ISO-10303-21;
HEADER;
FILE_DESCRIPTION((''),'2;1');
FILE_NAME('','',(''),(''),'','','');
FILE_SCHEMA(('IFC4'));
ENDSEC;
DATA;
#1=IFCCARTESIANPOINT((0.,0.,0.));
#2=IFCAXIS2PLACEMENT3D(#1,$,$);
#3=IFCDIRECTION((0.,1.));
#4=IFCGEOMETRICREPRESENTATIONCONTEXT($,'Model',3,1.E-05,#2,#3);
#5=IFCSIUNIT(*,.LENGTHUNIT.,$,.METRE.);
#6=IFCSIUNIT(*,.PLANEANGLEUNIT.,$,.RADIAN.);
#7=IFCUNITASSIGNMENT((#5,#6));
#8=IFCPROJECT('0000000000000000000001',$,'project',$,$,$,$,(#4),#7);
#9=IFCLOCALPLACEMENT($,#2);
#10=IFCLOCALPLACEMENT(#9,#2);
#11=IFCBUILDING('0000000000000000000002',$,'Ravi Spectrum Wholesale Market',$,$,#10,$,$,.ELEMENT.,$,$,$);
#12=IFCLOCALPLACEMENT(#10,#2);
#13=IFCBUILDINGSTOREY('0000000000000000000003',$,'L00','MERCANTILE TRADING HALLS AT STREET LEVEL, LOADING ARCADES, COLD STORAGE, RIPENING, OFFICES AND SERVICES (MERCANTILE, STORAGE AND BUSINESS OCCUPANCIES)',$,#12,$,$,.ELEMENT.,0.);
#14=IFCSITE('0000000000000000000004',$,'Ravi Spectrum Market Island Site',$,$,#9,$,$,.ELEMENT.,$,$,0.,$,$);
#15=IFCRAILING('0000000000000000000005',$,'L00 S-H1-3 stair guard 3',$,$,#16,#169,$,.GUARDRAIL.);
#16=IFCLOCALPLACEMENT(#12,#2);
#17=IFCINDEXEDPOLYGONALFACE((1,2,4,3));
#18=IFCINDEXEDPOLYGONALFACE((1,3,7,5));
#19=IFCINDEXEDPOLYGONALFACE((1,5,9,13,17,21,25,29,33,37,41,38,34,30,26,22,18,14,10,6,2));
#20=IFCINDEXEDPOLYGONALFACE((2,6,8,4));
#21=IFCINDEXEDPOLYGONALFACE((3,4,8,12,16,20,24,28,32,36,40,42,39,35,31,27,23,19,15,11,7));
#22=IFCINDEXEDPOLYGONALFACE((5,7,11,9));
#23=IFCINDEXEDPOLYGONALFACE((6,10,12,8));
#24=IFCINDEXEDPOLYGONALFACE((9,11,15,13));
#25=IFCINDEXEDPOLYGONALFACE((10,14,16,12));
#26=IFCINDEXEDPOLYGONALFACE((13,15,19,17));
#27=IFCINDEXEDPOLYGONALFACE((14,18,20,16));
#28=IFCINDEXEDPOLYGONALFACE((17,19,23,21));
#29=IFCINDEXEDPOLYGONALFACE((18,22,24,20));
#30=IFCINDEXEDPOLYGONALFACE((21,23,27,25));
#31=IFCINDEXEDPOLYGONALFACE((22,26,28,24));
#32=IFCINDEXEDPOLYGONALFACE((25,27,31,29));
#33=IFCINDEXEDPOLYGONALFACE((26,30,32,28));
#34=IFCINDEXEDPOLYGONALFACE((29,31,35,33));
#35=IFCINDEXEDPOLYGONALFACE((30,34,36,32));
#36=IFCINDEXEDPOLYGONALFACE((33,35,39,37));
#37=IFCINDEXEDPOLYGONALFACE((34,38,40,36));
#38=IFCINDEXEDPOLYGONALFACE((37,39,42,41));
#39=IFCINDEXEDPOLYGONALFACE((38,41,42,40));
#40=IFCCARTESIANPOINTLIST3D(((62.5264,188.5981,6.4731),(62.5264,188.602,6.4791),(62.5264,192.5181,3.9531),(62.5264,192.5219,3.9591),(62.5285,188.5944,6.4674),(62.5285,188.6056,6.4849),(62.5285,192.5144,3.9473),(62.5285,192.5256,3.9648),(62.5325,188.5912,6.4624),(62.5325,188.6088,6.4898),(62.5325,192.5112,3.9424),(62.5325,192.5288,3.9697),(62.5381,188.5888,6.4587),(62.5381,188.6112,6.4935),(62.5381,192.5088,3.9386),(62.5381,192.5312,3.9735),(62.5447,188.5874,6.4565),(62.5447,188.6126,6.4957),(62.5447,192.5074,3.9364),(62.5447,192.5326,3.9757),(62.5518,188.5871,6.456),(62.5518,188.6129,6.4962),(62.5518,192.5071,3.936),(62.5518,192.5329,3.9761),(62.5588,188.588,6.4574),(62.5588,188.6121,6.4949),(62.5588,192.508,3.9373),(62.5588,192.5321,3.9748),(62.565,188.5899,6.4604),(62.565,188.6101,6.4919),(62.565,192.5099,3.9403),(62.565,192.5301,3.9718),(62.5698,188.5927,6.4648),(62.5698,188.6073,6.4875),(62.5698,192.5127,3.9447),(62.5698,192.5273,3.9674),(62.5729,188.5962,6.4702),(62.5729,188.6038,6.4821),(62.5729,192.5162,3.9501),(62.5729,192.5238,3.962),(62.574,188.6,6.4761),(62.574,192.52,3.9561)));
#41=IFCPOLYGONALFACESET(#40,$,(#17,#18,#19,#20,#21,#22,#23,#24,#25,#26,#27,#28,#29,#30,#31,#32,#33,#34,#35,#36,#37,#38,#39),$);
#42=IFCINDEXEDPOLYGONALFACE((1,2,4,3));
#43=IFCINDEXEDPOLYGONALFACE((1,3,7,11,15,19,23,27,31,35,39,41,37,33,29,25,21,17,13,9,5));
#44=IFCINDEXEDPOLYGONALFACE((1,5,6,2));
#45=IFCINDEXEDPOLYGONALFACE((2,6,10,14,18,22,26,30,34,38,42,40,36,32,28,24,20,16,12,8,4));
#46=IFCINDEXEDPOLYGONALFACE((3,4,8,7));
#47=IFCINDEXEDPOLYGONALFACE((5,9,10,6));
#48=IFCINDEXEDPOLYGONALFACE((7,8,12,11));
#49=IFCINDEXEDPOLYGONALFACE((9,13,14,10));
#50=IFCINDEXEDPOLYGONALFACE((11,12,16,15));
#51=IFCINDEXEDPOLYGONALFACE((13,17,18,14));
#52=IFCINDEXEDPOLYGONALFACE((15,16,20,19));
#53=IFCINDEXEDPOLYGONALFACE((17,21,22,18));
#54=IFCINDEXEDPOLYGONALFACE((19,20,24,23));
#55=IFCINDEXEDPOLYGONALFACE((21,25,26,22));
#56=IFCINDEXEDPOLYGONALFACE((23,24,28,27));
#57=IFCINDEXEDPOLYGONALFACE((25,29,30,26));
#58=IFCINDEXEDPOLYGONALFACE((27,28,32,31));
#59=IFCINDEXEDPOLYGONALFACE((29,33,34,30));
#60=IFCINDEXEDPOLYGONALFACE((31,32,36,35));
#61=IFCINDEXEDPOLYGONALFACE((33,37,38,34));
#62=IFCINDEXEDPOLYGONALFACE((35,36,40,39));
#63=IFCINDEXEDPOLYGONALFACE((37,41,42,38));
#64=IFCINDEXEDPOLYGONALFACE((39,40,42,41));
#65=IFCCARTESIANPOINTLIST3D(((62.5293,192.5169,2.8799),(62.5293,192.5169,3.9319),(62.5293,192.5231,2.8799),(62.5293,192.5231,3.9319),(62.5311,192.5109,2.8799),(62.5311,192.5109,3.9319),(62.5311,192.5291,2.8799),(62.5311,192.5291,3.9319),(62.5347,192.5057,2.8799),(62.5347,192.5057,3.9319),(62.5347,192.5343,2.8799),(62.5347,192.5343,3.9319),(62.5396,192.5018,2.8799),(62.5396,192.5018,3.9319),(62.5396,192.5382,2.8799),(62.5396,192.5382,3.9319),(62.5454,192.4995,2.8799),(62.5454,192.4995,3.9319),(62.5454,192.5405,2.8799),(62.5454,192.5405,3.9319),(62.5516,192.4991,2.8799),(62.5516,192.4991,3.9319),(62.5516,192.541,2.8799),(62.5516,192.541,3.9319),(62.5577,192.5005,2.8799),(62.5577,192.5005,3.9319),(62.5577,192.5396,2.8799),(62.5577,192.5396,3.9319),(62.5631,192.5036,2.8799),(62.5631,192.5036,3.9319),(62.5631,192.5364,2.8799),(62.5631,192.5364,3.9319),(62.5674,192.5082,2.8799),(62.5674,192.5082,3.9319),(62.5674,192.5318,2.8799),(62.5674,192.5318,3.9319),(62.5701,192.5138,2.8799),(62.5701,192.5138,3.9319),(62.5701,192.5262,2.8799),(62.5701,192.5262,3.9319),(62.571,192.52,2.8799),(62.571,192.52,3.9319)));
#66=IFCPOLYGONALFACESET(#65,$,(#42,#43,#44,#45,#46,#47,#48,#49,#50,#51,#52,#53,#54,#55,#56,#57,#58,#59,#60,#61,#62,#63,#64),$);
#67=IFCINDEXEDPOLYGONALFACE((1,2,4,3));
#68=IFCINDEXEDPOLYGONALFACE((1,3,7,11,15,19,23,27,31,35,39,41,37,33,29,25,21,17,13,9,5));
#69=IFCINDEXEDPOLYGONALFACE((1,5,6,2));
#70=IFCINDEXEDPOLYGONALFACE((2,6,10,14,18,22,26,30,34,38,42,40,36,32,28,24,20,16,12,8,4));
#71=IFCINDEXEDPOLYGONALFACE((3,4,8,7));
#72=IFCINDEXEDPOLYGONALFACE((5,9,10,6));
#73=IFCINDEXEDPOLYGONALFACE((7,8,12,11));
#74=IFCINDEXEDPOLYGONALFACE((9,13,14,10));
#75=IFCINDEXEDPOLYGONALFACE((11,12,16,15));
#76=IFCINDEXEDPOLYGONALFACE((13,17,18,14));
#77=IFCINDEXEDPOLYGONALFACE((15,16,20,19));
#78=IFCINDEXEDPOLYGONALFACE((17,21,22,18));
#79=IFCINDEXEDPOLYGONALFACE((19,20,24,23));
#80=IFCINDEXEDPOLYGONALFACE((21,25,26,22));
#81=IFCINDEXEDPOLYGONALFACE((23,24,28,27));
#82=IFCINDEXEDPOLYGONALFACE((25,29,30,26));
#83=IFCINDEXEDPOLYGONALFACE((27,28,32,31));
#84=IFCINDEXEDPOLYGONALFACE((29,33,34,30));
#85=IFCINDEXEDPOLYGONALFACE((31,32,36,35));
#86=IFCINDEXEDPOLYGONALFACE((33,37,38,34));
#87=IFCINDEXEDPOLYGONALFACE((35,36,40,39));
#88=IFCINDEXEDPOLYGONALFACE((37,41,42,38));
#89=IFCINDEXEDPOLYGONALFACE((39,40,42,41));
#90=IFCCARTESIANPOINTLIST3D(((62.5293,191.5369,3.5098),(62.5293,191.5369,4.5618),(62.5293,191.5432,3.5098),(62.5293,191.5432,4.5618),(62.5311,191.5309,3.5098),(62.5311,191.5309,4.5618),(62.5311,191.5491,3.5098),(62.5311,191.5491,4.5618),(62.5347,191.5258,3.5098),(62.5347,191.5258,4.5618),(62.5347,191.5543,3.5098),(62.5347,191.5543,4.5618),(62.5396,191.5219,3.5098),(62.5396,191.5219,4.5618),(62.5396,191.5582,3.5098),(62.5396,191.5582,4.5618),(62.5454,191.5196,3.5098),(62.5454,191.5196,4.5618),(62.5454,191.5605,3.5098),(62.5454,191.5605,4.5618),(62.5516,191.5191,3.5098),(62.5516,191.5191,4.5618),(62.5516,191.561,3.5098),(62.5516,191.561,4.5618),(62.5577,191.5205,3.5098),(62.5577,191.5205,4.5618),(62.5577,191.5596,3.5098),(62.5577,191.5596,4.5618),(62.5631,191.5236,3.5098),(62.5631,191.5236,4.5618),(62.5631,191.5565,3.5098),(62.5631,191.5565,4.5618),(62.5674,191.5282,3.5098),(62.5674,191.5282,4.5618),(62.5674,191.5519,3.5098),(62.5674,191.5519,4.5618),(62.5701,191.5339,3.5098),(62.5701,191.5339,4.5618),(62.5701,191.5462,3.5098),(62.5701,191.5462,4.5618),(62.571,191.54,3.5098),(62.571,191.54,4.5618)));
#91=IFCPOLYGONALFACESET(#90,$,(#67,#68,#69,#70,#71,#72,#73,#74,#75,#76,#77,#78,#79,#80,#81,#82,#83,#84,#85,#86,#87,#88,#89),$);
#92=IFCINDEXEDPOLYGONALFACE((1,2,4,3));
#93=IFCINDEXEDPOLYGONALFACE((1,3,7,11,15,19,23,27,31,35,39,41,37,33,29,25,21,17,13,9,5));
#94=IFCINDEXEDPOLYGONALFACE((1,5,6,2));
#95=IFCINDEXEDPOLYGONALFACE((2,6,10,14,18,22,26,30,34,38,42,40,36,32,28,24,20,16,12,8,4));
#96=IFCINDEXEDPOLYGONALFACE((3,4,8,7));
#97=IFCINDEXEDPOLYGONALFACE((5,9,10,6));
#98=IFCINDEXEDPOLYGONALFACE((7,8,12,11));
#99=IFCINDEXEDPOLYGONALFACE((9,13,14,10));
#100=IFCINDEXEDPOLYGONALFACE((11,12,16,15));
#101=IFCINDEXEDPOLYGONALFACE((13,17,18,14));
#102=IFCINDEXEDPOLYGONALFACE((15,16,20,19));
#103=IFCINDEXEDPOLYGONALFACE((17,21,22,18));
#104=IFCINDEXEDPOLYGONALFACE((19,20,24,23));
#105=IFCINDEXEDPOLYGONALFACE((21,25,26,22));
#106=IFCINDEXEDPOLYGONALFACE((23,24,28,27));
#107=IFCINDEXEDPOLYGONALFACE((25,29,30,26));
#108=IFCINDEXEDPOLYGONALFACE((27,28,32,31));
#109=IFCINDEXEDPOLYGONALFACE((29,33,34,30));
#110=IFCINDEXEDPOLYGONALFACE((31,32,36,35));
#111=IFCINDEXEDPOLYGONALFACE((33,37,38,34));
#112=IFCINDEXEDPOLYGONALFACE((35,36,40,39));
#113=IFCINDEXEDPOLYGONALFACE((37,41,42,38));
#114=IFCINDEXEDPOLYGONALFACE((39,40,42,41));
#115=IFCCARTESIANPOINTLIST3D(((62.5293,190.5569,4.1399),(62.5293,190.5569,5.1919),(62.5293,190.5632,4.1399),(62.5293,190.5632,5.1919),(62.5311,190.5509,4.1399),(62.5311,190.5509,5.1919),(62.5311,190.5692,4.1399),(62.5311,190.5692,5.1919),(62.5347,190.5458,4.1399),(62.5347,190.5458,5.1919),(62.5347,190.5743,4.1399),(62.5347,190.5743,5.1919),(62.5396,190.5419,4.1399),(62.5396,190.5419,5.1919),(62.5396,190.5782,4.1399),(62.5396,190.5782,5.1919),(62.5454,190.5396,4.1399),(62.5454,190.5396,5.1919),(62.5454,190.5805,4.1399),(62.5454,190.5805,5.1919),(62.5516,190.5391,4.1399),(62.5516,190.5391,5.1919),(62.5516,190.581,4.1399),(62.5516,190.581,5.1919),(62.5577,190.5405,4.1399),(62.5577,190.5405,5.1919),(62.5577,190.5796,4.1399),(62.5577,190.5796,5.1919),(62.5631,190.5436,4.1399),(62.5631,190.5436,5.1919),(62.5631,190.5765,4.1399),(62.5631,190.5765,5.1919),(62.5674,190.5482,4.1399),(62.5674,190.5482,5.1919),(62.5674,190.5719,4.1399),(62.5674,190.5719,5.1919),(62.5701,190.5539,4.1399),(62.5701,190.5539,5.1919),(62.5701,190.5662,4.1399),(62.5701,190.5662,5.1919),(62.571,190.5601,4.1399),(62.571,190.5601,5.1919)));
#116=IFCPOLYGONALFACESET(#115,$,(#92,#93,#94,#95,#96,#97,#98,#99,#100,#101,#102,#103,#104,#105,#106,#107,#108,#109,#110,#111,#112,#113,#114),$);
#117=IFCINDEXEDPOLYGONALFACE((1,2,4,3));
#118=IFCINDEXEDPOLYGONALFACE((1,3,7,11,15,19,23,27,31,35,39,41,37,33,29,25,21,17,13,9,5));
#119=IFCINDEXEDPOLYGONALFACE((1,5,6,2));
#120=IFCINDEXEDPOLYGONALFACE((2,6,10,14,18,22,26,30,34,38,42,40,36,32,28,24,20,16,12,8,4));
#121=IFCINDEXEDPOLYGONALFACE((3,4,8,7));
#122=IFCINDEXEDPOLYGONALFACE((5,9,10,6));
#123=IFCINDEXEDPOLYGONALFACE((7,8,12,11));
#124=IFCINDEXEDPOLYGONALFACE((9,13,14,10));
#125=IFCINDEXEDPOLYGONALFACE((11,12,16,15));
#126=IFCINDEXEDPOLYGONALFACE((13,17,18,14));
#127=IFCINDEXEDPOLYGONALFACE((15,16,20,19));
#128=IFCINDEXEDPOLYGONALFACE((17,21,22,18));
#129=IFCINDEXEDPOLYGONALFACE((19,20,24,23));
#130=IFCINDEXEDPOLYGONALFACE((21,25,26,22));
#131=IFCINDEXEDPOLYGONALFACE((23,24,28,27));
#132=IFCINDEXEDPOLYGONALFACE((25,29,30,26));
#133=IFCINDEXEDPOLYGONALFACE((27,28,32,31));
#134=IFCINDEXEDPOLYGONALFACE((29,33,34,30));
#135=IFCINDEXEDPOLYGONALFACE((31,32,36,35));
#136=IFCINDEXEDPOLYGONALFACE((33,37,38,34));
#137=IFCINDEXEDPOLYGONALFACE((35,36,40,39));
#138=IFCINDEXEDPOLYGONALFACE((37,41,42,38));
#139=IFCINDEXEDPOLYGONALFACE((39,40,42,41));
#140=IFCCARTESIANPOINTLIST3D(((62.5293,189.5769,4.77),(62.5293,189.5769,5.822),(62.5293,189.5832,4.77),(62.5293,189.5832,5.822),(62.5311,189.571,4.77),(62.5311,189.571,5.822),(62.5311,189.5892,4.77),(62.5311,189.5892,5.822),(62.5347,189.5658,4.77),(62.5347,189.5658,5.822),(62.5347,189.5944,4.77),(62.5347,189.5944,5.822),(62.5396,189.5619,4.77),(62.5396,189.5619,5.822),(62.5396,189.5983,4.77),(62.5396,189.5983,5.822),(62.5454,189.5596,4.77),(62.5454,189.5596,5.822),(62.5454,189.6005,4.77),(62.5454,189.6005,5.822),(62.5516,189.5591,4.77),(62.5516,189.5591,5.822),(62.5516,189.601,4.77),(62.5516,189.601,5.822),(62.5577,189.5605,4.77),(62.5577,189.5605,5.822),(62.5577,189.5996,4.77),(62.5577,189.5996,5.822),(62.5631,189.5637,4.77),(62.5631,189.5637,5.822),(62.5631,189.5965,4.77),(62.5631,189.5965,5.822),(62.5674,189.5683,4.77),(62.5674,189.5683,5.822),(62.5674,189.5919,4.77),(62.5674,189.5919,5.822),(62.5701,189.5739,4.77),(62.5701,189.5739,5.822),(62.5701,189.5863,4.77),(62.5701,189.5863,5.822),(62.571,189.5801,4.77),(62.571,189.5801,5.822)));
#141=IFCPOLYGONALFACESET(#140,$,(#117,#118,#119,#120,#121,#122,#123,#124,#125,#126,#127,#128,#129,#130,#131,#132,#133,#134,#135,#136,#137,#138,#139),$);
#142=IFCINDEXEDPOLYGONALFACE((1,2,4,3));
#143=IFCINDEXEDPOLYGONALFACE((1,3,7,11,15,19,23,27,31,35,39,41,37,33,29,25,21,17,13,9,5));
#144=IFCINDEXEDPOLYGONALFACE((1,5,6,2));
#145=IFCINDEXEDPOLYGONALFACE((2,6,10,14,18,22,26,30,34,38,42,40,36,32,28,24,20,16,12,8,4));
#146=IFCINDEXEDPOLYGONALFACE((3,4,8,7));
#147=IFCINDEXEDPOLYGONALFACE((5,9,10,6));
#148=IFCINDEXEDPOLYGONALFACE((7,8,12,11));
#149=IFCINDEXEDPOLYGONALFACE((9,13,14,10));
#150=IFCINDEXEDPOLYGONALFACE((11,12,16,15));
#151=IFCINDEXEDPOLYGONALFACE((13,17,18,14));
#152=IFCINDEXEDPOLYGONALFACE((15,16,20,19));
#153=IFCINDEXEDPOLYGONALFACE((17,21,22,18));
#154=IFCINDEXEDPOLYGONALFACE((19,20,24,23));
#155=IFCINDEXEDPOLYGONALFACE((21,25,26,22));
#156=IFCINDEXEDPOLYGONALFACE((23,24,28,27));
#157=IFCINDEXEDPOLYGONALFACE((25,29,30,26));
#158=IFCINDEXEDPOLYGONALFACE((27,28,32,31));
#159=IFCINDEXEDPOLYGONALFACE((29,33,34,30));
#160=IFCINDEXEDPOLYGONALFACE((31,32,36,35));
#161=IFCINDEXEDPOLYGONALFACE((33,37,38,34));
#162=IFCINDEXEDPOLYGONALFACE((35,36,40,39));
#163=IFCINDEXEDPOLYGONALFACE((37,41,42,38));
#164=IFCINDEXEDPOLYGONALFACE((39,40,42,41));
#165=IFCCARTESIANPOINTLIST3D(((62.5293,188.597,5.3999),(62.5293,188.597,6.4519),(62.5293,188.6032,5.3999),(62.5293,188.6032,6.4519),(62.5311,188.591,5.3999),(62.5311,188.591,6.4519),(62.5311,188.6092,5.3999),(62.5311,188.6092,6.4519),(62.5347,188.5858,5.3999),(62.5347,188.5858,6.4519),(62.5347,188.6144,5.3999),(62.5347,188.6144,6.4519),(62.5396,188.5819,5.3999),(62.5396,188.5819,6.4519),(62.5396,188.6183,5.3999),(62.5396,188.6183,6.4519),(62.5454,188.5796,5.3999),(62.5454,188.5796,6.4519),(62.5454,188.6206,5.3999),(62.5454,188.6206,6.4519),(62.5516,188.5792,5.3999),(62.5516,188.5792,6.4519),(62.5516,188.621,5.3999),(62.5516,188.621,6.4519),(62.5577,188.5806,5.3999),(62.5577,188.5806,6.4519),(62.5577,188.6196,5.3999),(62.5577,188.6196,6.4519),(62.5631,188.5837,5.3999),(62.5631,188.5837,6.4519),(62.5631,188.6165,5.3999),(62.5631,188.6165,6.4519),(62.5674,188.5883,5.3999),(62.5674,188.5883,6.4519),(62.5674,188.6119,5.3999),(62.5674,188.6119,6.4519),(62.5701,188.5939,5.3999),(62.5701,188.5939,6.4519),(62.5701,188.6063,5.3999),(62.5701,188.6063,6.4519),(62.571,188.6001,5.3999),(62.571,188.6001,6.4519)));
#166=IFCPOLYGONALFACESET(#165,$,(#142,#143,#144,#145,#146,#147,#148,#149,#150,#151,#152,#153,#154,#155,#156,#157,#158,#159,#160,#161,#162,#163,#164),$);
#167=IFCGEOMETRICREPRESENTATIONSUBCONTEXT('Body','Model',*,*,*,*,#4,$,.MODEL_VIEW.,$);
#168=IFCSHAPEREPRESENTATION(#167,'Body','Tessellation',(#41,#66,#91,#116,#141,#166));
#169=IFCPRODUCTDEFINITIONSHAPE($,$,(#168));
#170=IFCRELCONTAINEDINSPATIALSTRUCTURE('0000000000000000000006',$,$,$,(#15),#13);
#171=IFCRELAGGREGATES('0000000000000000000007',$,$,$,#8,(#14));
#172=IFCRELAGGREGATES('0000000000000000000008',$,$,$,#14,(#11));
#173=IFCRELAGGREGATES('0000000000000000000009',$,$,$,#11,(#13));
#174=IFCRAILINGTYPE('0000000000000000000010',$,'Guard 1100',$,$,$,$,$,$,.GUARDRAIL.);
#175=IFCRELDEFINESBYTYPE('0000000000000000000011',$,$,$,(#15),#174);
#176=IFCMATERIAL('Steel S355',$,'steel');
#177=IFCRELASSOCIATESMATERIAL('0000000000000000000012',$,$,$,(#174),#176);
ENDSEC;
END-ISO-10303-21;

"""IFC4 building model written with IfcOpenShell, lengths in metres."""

from ifc_helpers import new_model, si_unit, direction, frame, origin, origin_2d, place, context, subcontext, project, spatial, circle, extrude, material, type_object, element, save


model = new_model("IFC4")

# Units and contexts
model_context = context("Model", 3, precision=1e-05, world=origin(), true_north=direction((0.0, 1.0)))
body_context = subcontext(model_context, "Body", "Model", "MODEL_VIEW")
ifc_project = project(units=[si_unit("LENGTHUNIT", "METRE"), si_unit("PLANEANGLEUNIT", "RADIAN")], contexts=[model_context])

# Site, building, storey
site_placement = place(None, origin())
site = spatial("IfcSite", under=ifc_project, at=site_placement, Name="Ravi Spectrum Market Island Site", CompositionType="ELEMENT", RefElevation=0.0)
building_placement = place(site_placement, origin())
building = spatial("IfcBuilding", under=site, at=building_placement, Name="Ravi Spectrum Wholesale Market", CompositionType="ELEMENT")
storey_placement = place(building_placement, origin())
storey = spatial("IfcBuildingStorey", under=building, at=storey_placement, Name="L00", Description="MERCANTILE TRADING HALLS AT STREET LEVEL, LOADING ARCADES, COLD STORAGE, RIPENING, OFFICES AND SERVICES (MERCANTILE, STORAGE AND BUSINESS OCCUPANCIES)", CompositionType="ELEMENT", Elevation=0.0)

# Railing
ifc_material_1 = material(Name="Steel S355", Category="steel")
railing_type_1 = type_object("IfcRailingType", Name="Guard 1100", PredefinedType="GUARDRAIL", material=ifc_material_1)
railing_1_placement = place(storey_placement, frame((62.55, 192.52, 2.8799)))
element("IfcRailing", 1, at=railing_1_placement, inside=storey, type_object=railing_type_1, Name="L00 S-H1-3 stair guard 3", PredefinedType="GUARDRAIL", context=body_context, shape_type="SweptSolid", body=[
    extrude(circle(Radius=0.0239, at=origin_2d()), frame((0.0, 0.0, 1.0762), z_axis=(0.0, -0.841172, 0.540768), x_axis=(1.0, 0.0, 0.0)), (0.0, 0.0, 1.0), 4.6602),
    extrude(circle(Radius=0.021, at=origin_2d()), origin(), (0.0, 0.0, 1.0), 1.052),
    extrude(circle(Radius=0.021, at=origin_2d()), frame((0.0, -0.98, 0.6299)), (0.0, 0.0, 1.0), 1.052),
    extrude(circle(Radius=0.021, at=origin_2d()), frame((0.0, -1.96, 1.26)), (0.0, 0.0, 1.0), 1.052),
    extrude(circle(Radius=0.021, at=origin_2d()), frame((0.0, -2.9399, 1.8901)), (0.0, 0.0, 1.0), 1.052),
    extrude(circle(Radius=0.021, at=origin_2d()), frame((0.0, -3.9199, 2.52)), (0.0, 0.0, 1.0), 1.052),
])

save(model, "model.ifc")
